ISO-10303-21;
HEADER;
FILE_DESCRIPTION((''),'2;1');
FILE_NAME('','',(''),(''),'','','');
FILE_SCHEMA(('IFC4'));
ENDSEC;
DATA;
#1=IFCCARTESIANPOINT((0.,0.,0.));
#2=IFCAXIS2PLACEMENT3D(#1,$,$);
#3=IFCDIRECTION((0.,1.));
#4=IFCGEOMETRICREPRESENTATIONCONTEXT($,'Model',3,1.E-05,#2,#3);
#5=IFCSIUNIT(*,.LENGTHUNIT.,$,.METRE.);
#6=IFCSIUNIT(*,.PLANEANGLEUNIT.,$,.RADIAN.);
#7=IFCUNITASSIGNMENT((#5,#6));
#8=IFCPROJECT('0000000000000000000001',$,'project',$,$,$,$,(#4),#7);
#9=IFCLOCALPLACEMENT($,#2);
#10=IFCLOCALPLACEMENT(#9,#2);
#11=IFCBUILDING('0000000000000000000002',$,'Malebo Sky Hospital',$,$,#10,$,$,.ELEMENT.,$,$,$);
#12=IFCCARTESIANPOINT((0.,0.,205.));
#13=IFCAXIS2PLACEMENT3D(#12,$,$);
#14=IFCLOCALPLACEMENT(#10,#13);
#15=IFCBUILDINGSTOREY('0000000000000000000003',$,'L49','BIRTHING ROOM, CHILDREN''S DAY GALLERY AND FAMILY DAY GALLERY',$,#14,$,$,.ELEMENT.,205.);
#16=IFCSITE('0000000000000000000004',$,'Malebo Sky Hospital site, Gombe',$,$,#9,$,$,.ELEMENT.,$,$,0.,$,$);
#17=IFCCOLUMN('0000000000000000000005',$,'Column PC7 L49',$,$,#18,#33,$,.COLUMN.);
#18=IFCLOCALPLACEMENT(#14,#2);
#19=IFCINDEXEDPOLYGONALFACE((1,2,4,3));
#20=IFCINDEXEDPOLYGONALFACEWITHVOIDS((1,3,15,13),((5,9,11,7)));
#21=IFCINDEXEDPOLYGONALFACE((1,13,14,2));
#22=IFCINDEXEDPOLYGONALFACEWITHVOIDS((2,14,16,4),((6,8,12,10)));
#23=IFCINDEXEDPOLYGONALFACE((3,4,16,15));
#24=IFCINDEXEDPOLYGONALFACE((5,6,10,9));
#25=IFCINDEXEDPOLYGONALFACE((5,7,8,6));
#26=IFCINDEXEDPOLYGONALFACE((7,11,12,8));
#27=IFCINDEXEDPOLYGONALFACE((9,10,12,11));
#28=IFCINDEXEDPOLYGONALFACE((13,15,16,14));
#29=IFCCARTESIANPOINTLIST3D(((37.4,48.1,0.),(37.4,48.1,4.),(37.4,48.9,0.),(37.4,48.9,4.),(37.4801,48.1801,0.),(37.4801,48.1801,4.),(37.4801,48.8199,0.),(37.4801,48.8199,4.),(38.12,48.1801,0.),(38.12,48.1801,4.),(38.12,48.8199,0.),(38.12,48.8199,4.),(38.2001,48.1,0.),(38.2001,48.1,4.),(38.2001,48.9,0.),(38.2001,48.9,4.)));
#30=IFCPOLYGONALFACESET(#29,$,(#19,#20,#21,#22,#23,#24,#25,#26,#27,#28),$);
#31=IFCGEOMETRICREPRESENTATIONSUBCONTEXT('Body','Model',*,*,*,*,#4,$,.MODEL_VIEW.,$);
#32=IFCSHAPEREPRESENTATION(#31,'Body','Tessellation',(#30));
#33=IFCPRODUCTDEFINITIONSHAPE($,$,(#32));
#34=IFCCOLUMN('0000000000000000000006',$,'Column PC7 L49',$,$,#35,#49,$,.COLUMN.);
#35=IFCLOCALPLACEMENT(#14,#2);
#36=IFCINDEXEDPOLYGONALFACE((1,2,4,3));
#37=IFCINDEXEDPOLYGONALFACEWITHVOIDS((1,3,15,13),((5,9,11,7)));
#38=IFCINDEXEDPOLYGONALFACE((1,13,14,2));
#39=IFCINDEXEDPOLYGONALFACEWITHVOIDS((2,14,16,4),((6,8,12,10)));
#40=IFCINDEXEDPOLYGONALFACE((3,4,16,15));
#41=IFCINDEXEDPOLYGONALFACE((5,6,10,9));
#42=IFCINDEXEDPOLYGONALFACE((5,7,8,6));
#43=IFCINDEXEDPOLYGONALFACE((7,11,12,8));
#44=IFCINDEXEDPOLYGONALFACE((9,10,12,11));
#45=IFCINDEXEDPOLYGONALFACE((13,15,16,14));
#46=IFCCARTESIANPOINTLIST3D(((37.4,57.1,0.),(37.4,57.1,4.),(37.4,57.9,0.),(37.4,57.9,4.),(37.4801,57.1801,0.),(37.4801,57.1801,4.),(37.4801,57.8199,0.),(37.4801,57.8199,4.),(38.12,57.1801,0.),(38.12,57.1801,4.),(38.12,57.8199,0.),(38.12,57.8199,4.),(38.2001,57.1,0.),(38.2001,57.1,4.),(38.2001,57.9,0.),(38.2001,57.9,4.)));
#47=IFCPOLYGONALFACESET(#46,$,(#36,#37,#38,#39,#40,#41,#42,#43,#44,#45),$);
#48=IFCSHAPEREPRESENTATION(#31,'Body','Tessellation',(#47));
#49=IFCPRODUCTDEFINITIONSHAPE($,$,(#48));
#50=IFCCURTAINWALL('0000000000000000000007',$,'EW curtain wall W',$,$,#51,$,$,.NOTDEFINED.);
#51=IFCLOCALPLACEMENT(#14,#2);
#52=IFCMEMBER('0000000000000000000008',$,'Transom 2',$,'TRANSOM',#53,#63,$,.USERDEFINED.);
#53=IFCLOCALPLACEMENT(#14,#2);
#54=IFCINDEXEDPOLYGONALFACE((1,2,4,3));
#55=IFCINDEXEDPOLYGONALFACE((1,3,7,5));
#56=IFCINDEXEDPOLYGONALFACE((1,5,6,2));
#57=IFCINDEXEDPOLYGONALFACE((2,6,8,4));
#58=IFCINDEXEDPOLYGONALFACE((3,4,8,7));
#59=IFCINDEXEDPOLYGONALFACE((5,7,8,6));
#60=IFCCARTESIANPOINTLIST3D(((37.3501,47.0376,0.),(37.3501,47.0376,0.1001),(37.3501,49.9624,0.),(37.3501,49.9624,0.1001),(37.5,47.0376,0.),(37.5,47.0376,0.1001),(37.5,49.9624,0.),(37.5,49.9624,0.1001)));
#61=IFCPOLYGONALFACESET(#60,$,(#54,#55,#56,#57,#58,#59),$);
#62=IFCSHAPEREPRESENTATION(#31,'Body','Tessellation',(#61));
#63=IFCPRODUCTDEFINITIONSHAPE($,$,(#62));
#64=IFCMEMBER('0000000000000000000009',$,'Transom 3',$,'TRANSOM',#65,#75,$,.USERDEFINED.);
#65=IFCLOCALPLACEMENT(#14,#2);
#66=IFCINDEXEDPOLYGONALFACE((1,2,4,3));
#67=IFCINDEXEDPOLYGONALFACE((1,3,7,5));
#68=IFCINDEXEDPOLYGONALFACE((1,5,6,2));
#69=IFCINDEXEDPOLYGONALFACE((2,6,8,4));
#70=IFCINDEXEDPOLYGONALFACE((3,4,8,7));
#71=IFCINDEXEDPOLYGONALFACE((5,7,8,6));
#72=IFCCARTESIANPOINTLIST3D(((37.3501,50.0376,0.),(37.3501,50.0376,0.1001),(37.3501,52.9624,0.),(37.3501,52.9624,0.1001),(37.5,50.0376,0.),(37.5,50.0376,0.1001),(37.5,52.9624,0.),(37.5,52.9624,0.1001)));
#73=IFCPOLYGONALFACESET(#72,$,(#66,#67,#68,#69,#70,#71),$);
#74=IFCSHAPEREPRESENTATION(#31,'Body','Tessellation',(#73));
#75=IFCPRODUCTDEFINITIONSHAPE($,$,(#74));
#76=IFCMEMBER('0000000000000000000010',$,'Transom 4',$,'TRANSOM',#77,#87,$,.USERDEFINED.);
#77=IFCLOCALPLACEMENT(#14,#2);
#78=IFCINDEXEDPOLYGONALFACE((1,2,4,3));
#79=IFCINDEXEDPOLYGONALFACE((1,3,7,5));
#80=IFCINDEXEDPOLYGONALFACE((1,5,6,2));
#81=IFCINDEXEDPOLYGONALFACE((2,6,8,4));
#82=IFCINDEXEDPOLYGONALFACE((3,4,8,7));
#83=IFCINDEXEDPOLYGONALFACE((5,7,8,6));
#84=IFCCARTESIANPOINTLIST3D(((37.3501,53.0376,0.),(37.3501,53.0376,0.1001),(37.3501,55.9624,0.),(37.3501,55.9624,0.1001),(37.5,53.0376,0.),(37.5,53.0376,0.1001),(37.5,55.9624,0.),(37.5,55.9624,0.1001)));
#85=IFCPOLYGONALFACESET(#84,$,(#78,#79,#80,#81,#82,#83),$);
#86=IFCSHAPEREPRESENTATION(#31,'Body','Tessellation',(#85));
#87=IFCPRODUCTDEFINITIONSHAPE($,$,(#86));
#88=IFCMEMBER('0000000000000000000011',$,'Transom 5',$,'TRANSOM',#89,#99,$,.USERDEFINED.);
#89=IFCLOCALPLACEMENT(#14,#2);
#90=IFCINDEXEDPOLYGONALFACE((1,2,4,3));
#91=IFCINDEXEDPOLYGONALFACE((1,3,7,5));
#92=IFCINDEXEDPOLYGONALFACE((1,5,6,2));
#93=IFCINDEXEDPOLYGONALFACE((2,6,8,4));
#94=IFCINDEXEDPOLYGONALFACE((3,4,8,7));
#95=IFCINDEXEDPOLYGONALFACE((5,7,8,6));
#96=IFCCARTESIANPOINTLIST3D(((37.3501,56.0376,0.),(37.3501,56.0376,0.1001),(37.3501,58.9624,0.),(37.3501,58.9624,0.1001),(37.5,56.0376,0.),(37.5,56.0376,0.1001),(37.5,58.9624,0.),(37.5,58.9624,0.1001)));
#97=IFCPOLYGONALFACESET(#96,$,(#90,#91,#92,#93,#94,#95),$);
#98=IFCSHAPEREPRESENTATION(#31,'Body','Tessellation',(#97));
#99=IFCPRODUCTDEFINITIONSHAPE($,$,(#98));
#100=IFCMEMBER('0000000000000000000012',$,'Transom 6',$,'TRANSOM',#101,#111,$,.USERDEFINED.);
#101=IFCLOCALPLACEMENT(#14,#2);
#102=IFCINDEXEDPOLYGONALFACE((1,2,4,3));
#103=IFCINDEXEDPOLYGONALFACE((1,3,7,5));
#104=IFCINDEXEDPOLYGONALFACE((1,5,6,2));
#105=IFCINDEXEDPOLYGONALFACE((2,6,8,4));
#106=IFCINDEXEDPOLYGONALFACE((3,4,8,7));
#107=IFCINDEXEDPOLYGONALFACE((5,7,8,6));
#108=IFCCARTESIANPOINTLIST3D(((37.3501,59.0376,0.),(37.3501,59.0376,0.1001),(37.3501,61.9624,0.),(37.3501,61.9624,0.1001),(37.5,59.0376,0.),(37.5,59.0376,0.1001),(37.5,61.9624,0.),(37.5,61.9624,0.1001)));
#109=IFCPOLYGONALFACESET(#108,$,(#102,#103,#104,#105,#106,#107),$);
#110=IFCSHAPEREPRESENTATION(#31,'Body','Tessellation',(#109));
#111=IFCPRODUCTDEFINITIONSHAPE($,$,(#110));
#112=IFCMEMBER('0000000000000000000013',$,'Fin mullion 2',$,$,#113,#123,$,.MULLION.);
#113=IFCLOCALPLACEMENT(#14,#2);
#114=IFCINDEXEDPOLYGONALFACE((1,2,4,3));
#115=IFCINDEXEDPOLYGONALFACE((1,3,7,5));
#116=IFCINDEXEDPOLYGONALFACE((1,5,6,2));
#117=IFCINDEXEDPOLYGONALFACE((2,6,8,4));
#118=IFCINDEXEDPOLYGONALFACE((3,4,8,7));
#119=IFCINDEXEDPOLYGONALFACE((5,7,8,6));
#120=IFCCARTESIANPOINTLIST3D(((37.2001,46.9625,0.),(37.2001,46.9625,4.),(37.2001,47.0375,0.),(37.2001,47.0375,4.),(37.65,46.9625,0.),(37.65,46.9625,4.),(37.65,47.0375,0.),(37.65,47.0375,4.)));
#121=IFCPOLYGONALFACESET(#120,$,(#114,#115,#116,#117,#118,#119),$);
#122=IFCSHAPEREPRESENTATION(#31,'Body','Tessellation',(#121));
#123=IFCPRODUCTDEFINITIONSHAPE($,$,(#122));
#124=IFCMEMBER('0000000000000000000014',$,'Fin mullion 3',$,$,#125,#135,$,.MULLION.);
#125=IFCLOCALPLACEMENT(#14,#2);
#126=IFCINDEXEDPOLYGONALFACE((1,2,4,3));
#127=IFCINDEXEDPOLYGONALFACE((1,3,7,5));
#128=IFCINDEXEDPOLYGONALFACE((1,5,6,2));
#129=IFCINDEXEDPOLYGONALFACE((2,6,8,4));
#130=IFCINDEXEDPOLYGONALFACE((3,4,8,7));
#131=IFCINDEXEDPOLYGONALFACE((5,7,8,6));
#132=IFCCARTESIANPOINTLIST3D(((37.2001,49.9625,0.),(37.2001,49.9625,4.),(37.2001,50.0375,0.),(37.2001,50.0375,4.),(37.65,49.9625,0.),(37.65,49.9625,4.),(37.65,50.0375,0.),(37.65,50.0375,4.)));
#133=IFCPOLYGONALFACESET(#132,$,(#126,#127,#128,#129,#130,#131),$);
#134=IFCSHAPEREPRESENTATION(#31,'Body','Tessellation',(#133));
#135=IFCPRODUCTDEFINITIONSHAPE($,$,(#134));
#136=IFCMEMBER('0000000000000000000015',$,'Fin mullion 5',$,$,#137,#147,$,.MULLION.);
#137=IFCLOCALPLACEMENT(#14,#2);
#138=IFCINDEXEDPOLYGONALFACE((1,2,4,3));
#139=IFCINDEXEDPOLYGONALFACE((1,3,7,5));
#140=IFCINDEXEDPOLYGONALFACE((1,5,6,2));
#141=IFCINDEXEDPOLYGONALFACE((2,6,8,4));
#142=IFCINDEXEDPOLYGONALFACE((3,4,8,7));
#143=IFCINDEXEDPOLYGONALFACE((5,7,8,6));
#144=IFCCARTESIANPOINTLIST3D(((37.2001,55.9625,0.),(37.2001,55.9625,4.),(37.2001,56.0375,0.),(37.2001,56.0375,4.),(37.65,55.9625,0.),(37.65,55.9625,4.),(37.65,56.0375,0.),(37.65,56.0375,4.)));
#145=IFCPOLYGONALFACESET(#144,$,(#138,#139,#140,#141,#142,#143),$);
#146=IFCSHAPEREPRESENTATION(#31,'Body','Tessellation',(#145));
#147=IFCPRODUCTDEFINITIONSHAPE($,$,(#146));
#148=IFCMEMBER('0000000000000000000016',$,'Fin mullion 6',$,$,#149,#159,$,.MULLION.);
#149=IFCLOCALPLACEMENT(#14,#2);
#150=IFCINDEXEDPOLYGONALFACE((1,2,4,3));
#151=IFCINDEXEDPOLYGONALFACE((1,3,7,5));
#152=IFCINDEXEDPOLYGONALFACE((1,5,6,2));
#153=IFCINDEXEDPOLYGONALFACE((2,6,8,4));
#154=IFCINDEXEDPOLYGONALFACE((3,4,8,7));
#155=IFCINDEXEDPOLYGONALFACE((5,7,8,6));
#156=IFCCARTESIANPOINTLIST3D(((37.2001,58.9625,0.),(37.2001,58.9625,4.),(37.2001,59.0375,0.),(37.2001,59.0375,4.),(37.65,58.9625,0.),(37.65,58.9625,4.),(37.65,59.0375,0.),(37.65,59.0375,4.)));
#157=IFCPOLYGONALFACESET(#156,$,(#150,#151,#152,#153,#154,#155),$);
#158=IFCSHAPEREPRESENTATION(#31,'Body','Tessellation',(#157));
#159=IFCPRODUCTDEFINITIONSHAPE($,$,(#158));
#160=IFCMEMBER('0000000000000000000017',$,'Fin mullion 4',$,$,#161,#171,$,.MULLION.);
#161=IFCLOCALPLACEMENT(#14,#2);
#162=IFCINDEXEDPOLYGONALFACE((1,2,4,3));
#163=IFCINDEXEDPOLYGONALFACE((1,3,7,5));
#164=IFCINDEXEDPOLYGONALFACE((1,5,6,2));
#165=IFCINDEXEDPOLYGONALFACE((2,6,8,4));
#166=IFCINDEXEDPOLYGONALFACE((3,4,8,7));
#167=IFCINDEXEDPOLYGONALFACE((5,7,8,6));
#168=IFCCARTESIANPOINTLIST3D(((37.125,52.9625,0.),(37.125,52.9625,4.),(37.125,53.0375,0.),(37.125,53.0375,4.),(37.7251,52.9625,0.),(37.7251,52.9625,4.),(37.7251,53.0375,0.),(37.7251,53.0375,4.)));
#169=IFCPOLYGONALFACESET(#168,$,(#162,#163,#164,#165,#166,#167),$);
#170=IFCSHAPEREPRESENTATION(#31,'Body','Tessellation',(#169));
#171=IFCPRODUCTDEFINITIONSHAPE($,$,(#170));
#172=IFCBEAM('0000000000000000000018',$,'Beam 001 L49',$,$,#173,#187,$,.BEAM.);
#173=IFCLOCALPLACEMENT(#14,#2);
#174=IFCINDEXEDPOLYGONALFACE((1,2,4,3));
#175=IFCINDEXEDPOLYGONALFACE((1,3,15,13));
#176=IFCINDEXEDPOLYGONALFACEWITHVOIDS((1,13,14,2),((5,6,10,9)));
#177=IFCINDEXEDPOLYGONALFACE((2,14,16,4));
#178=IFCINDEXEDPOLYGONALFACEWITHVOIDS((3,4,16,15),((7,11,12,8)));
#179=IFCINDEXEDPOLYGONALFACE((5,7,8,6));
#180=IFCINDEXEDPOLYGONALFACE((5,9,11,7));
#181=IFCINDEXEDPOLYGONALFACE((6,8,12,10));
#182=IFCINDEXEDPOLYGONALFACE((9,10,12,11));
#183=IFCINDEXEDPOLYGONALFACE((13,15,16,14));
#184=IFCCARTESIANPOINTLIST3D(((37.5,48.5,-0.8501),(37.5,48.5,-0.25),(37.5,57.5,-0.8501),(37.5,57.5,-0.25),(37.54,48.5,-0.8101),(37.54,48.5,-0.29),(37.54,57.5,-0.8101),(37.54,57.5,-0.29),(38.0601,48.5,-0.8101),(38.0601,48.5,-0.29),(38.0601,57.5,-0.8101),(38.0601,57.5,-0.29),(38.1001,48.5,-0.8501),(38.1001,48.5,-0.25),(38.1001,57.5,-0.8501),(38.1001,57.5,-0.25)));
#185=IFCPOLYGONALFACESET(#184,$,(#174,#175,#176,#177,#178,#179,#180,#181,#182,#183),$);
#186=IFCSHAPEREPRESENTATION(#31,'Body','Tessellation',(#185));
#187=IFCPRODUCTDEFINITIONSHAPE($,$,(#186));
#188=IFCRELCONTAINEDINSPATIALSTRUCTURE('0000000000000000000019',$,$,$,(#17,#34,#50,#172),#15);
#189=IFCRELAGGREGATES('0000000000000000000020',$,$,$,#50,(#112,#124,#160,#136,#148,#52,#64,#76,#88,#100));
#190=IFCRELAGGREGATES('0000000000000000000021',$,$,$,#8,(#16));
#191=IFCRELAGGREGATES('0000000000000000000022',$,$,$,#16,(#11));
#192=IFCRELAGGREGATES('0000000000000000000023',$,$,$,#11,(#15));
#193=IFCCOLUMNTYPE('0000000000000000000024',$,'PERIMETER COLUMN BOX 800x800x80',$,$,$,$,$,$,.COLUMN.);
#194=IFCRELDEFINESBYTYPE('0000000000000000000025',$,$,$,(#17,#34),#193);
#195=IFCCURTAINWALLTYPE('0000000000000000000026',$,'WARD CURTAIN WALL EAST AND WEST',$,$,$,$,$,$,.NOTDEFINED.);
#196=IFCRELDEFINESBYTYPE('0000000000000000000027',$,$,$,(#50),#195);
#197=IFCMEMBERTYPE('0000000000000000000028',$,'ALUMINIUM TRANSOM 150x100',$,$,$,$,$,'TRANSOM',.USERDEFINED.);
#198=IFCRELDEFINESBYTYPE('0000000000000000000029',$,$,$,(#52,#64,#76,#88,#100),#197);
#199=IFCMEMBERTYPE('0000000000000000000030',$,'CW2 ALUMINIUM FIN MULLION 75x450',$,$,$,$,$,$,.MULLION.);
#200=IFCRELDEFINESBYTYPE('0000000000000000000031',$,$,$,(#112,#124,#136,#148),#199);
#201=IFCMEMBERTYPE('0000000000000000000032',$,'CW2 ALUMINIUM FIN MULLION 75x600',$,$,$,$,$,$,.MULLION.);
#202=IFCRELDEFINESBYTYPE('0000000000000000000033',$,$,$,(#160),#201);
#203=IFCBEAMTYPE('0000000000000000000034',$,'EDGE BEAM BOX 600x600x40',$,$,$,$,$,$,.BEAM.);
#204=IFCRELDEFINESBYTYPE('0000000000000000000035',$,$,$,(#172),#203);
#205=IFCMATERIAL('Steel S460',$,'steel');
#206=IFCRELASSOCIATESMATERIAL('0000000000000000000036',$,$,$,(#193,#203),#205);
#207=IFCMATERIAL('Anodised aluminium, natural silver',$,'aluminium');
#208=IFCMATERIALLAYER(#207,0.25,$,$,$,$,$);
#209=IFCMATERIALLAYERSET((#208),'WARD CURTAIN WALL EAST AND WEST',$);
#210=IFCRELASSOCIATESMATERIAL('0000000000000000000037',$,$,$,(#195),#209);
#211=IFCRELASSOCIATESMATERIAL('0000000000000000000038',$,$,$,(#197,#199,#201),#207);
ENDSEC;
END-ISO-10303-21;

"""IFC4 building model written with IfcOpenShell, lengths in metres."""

from ifc_helpers import new_model, si_unit, direction, frame, origin, origin_2d, place, context, subcontext, project, spatial, rectangle, hollow_rectangle, extrude, material, layer, layer_set, material_profile, profile_set, type_object, element, aggregate, save


model = new_model("IFC4")

# Units and contexts
model_context = context("Model", 3, precision=1e-05, world=origin(), true_north=direction((0.0, 1.0)))
body_context = subcontext(model_context, "Body", "Model", "MODEL_VIEW")
ifc_project = project(units=[si_unit("LENGTHUNIT", "METRE"), si_unit("PLANEANGLEUNIT", "RADIAN")], contexts=[model_context])

# Site, building, storey
site_placement = place(None, origin())
site = spatial("IfcSite", under=ifc_project, at=site_placement, Name="Malebo Sky Hospital site, Gombe", CompositionType="ELEMENT", RefElevation=0.0)
building_placement = place(site_placement, origin())
building = spatial("IfcBuilding", under=site, at=building_placement, Name="Malebo Sky Hospital", CompositionType="ELEMENT")
storey_placement = place(building_placement, frame((0.0, 0.0, 205.0)))
storey = spatial("IfcBuildingStorey", under=building, at=storey_placement, Name="L49", Description="BIRTHING ROOM, CHILDREN'S DAY GALLERY AND FAMILY DAY GALLERY", CompositionType="ELEMENT", Elevation=205.0)

# Columns
ifc_material_1 = material(Name="Steel S460", Category="steel")
ifc_material_profile_1 = material_profile(ifc_material_1, hollow_rectangle(XDim=0.8, YDim=0.8, WallThickness=0.0801, at=origin_2d()), Name="BOX 800x800x80")
ifc_profile_set_1 = profile_set([ifc_material_profile_1], Name="Steel S460")
column_type = type_object("IfcColumnType", Name="PERIMETER COLUMN BOX 800x800x80", PredefinedType="COLUMN", material=ifc_profile_set_1)
for number, where, z_axis, x_axis, name in (
    (1, (37.8, 48.5, 0.0), (0.0, 0.0, 1.0), (1.0, 0.0, 0.0), "Column PC7 L49"),
    (2, (37.8, 57.5, 0.0), (0.0, 0.0, 1.0), (1.0, 0.0, 0.0), "Column PC7 L49"),
):
    element("IfcColumn", number, at=place(storey_placement, frame(where, z_axis=z_axis, x_axis=x_axis)), inside=storey, type_object=column_type, Name=name, PredefinedType="COLUMN", context=body_context, shape_type="SweptSolid", body=[
        extrude(hollow_rectangle(XDim=0.8, YDim=0.8, WallThickness=0.0801, at=origin_2d()), origin(), (0.0, 0.0, 1.0), 4.0),
    ])

# Curtain wall, members
ifc_material_2 = material(Name="Anodised aluminium, natural silver", Category="aluminium")
ifc_layer_1 = layer(ifc_material_2, 0.25)
ifc_layer_set_1 = layer_set([ifc_layer_1], Name="WARD CURTAIN WALL EAST AND WEST")
curtain_wall_type = type_object("IfcCurtainWallType", Name="WARD CURTAIN WALL EAST AND WEST", PredefinedType="NOTDEFINED", material=ifc_layer_set_1)
curtain_wall_placement = place(storey_placement, origin())
curtain_wall = element("IfcCurtainWall", 3, at=curtain_wall_placement, inside=storey, type_object=curtain_wall_type, Name="EW curtain wall W", PredefinedType="NOTDEFINED")
ifc_material_profile_2 = material_profile(ifc_material_2, rectangle(XDim=0.1499, YDim=0.1001, at=origin_2d()), Name="ALUMINIUM TRANSOM 150x100")
ifc_profile_set_2 = profile_set([ifc_material_profile_2], Name="Anodised aluminium, natural silver")
member_type_1 = type_object("IfcMemberType", Name="ALUMINIUM TRANSOM 150x100", ElementType="TRANSOM", PredefinedType="USERDEFINED", material=ifc_profile_set_2)
member_1_placement = place(storey_placement, frame((37.425, 47.0376, 0.05), z_axis=(0.0, 1.0, 0.0), x_axis=(-1.0, 0.0, 0.0)))
member_1 = element("IfcMember", 4, at=member_1_placement, type_object=member_type_1, Name="Transom 2", ObjectType="TRANSOM", PredefinedType="USERDEFINED", context=body_context, shape_type="SweptSolid", body=[
    extrude(rectangle(XDim=0.1499, YDim=0.1001, at=origin_2d()), origin(), (0.0, 0.0, 1.0), 2.9248),
])
member_2_placement = place(storey_placement, frame((37.425, 50.0376, 0.05), z_axis=(0.0, 1.0, 0.0), x_axis=(-1.0, 0.0, 0.0)))
member_2 = element("IfcMember", 5, at=member_2_placement, type_object=member_type_1, Name="Transom 3", ObjectType="TRANSOM", PredefinedType="USERDEFINED", context=body_context, shape_type="SweptSolid", body=[
    extrude(rectangle(XDim=0.1499, YDim=0.1001, at=origin_2d()), origin(), (0.0, 0.0, 1.0), 2.9248),
])
member_3_placement = place(storey_placement, frame((37.425, 53.0376, 0.05), z_axis=(0.0, 1.0, 0.0), x_axis=(-1.0, 0.0, 0.0)))
member_3 = element("IfcMember", 6, at=member_3_placement, type_object=member_type_1, Name="Transom 4", ObjectType="TRANSOM", PredefinedType="USERDEFINED", context=body_context, shape_type="SweptSolid", body=[
    extrude(rectangle(XDim=0.1499, YDim=0.1001, at=origin_2d()), origin(), (0.0, 0.0, 1.0), 2.9248),
])
member_4_placement = place(storey_placement, frame((37.425, 56.0376, 0.05), z_axis=(0.0, 1.0, 0.0), x_axis=(-1.0, 0.0, 0.0)))
member_4 = element("IfcMember", 7, at=member_4_placement, type_object=member_type_1, Name="Transom 5", ObjectType="TRANSOM", PredefinedType="USERDEFINED", context=body_context, shape_type="SweptSolid", body=[
    extrude(rectangle(XDim=0.1499, YDim=0.1001, at=origin_2d()), origin(), (0.0, 0.0, 1.0), 2.9248),
])
member_5_placement = place(storey_placement, frame((37.425, 59.0376, 0.05), z_axis=(0.0, 1.0, 0.0), x_axis=(-1.0, 0.0, 0.0)))
member_5 = element("IfcMember", 8, at=member_5_placement, type_object=member_type_1, Name="Transom 6", ObjectType="TRANSOM", PredefinedType="USERDEFINED", context=body_context, shape_type="SweptSolid", body=[
    extrude(rectangle(XDim=0.1499, YDim=0.1001, at=origin_2d()), origin(), (0.0, 0.0, 1.0), 2.9248),
])
ifc_material_profile_3 = material_profile(ifc_material_2, rectangle(XDim=0.075, YDim=0.45, at=origin_2d()), Name="CW2 ALUMINIUM FIN MULLION 75x450")
ifc_profile_set_3 = profile_set([ifc_material_profile_3], Name="Anodised aluminium, natural silver")
member_type_2 = type_object("IfcMemberType", Name="CW2 ALUMINIUM FIN MULLION 75x450", PredefinedType="MULLION", material=ifc_profile_set_3)
member_6_placement = place(storey_placement, frame((37.425, 47.0, 0.0), z_axis=(0.0, 0.0, 1.0), x_axis=(0.0, 1.0, 0.0)))
member_6 = element("IfcMember", 9, at=member_6_placement, type_object=member_type_2, Name="Fin mullion 2", PredefinedType="MULLION", context=body_context, shape_type="SweptSolid", body=[
    extrude(rectangle(XDim=0.075, YDim=0.45, at=origin_2d()), origin(), (0.0, 0.0, 1.0), 4.0),
])
member_7_placement = place(storey_placement, frame((37.425, 50.0, 0.0), z_axis=(0.0, 0.0, 1.0), x_axis=(0.0, 1.0, 0.0)))
member_7 = element("IfcMember", 10, at=member_7_placement, type_object=member_type_2, Name="Fin mullion 3", PredefinedType="MULLION", context=body_context, shape_type="SweptSolid", body=[
    extrude(rectangle(XDim=0.075, YDim=0.45, at=origin_2d()), origin(), (0.0, 0.0, 1.0), 4.0),
])
member_8_placement = place(storey_placement, frame((37.425, 56.0, 0.0), z_axis=(0.0, 0.0, 1.0), x_axis=(0.0, 1.0, 0.0)))
member_8 = element("IfcMember", 11, at=member_8_placement, type_object=member_type_2, Name="Fin mullion 5", PredefinedType="MULLION", context=body_context, shape_type="SweptSolid", body=[
    extrude(rectangle(XDim=0.075, YDim=0.45, at=origin_2d()), origin(), (0.0, 0.0, 1.0), 4.0),
])
member_9_placement = place(storey_placement, frame((37.425, 59.0, 0.0), z_axis=(0.0, 0.0, 1.0), x_axis=(0.0, 1.0, 0.0)))
member_9 = element("IfcMember", 12, at=member_9_placement, type_object=member_type_2, Name="Fin mullion 6", PredefinedType="MULLION", context=body_context, shape_type="SweptSolid", body=[
    extrude(rectangle(XDim=0.075, YDim=0.45, at=origin_2d()), origin(), (0.0, 0.0, 1.0), 4.0),
])
ifc_material_profile_4 = material_profile(ifc_material_2, rectangle(XDim=0.075, YDim=0.6001, at=origin_2d()), Name="CW2 ALUMINIUM FIN MULLION 75x600")
ifc_profile_set_4 = profile_set([ifc_material_profile_4], Name="Anodised aluminium, natural silver")
member_type_3 = type_object("IfcMemberType", Name="CW2 ALUMINIUM FIN MULLION 75x600", PredefinedType="MULLION", material=ifc_profile_set_4)
member_10_placement = place(storey_placement, frame((37.425, 53.0, 0.0), z_axis=(0.0, 0.0, 1.0), x_axis=(0.0, 1.0, 0.0)))
member_10 = element("IfcMember", 13, at=member_10_placement, type_object=member_type_3, Name="Fin mullion 4", PredefinedType="MULLION", context=body_context, shape_type="SweptSolid", body=[
    extrude(rectangle(XDim=0.075, YDim=0.6001, at=origin_2d()), origin(), (0.0, 0.0, 1.0), 4.0),
])

# Beam
ifc_material_profile_5 = material_profile(ifc_material_1, hollow_rectangle(XDim=0.6001, YDim=0.6001, WallThickness=0.04, at=origin_2d()), Name="BOX 600x600x40")
ifc_profile_set_5 = profile_set([ifc_material_profile_5], Name="Steel S460")
beam_type_1 = type_object("IfcBeamType", Name="EDGE BEAM BOX 600x600x40", PredefinedType="BEAM", material=ifc_profile_set_5)
for number, where, z_axis, x_axis, name in (
    (14, (37.8, 48.5, -0.55), (0.0, 1.0, 0.0), (-1.0, 0.0, 0.0), "Beam 001 L49"),
):
    element("IfcBeam", number, at=place(storey_placement, frame(where, z_axis=z_axis, x_axis=x_axis)), inside=storey, type_object=beam_type_1, Name=name, PredefinedType="BEAM", context=body_context, shape_type="SweptSolid", body=[
        extrude(hollow_rectangle(XDim=0.6001, YDim=0.6001, WallThickness=0.04, at=origin_2d()), origin(), (0.0, 0.0, 1.0), 9.0),
    ])

aggregate(curtain_wall, [member_6, member_7, member_10, member_8, member_9, member_1, member_2, member_3, member_4, member_5])

save(model, "model.ifc")
